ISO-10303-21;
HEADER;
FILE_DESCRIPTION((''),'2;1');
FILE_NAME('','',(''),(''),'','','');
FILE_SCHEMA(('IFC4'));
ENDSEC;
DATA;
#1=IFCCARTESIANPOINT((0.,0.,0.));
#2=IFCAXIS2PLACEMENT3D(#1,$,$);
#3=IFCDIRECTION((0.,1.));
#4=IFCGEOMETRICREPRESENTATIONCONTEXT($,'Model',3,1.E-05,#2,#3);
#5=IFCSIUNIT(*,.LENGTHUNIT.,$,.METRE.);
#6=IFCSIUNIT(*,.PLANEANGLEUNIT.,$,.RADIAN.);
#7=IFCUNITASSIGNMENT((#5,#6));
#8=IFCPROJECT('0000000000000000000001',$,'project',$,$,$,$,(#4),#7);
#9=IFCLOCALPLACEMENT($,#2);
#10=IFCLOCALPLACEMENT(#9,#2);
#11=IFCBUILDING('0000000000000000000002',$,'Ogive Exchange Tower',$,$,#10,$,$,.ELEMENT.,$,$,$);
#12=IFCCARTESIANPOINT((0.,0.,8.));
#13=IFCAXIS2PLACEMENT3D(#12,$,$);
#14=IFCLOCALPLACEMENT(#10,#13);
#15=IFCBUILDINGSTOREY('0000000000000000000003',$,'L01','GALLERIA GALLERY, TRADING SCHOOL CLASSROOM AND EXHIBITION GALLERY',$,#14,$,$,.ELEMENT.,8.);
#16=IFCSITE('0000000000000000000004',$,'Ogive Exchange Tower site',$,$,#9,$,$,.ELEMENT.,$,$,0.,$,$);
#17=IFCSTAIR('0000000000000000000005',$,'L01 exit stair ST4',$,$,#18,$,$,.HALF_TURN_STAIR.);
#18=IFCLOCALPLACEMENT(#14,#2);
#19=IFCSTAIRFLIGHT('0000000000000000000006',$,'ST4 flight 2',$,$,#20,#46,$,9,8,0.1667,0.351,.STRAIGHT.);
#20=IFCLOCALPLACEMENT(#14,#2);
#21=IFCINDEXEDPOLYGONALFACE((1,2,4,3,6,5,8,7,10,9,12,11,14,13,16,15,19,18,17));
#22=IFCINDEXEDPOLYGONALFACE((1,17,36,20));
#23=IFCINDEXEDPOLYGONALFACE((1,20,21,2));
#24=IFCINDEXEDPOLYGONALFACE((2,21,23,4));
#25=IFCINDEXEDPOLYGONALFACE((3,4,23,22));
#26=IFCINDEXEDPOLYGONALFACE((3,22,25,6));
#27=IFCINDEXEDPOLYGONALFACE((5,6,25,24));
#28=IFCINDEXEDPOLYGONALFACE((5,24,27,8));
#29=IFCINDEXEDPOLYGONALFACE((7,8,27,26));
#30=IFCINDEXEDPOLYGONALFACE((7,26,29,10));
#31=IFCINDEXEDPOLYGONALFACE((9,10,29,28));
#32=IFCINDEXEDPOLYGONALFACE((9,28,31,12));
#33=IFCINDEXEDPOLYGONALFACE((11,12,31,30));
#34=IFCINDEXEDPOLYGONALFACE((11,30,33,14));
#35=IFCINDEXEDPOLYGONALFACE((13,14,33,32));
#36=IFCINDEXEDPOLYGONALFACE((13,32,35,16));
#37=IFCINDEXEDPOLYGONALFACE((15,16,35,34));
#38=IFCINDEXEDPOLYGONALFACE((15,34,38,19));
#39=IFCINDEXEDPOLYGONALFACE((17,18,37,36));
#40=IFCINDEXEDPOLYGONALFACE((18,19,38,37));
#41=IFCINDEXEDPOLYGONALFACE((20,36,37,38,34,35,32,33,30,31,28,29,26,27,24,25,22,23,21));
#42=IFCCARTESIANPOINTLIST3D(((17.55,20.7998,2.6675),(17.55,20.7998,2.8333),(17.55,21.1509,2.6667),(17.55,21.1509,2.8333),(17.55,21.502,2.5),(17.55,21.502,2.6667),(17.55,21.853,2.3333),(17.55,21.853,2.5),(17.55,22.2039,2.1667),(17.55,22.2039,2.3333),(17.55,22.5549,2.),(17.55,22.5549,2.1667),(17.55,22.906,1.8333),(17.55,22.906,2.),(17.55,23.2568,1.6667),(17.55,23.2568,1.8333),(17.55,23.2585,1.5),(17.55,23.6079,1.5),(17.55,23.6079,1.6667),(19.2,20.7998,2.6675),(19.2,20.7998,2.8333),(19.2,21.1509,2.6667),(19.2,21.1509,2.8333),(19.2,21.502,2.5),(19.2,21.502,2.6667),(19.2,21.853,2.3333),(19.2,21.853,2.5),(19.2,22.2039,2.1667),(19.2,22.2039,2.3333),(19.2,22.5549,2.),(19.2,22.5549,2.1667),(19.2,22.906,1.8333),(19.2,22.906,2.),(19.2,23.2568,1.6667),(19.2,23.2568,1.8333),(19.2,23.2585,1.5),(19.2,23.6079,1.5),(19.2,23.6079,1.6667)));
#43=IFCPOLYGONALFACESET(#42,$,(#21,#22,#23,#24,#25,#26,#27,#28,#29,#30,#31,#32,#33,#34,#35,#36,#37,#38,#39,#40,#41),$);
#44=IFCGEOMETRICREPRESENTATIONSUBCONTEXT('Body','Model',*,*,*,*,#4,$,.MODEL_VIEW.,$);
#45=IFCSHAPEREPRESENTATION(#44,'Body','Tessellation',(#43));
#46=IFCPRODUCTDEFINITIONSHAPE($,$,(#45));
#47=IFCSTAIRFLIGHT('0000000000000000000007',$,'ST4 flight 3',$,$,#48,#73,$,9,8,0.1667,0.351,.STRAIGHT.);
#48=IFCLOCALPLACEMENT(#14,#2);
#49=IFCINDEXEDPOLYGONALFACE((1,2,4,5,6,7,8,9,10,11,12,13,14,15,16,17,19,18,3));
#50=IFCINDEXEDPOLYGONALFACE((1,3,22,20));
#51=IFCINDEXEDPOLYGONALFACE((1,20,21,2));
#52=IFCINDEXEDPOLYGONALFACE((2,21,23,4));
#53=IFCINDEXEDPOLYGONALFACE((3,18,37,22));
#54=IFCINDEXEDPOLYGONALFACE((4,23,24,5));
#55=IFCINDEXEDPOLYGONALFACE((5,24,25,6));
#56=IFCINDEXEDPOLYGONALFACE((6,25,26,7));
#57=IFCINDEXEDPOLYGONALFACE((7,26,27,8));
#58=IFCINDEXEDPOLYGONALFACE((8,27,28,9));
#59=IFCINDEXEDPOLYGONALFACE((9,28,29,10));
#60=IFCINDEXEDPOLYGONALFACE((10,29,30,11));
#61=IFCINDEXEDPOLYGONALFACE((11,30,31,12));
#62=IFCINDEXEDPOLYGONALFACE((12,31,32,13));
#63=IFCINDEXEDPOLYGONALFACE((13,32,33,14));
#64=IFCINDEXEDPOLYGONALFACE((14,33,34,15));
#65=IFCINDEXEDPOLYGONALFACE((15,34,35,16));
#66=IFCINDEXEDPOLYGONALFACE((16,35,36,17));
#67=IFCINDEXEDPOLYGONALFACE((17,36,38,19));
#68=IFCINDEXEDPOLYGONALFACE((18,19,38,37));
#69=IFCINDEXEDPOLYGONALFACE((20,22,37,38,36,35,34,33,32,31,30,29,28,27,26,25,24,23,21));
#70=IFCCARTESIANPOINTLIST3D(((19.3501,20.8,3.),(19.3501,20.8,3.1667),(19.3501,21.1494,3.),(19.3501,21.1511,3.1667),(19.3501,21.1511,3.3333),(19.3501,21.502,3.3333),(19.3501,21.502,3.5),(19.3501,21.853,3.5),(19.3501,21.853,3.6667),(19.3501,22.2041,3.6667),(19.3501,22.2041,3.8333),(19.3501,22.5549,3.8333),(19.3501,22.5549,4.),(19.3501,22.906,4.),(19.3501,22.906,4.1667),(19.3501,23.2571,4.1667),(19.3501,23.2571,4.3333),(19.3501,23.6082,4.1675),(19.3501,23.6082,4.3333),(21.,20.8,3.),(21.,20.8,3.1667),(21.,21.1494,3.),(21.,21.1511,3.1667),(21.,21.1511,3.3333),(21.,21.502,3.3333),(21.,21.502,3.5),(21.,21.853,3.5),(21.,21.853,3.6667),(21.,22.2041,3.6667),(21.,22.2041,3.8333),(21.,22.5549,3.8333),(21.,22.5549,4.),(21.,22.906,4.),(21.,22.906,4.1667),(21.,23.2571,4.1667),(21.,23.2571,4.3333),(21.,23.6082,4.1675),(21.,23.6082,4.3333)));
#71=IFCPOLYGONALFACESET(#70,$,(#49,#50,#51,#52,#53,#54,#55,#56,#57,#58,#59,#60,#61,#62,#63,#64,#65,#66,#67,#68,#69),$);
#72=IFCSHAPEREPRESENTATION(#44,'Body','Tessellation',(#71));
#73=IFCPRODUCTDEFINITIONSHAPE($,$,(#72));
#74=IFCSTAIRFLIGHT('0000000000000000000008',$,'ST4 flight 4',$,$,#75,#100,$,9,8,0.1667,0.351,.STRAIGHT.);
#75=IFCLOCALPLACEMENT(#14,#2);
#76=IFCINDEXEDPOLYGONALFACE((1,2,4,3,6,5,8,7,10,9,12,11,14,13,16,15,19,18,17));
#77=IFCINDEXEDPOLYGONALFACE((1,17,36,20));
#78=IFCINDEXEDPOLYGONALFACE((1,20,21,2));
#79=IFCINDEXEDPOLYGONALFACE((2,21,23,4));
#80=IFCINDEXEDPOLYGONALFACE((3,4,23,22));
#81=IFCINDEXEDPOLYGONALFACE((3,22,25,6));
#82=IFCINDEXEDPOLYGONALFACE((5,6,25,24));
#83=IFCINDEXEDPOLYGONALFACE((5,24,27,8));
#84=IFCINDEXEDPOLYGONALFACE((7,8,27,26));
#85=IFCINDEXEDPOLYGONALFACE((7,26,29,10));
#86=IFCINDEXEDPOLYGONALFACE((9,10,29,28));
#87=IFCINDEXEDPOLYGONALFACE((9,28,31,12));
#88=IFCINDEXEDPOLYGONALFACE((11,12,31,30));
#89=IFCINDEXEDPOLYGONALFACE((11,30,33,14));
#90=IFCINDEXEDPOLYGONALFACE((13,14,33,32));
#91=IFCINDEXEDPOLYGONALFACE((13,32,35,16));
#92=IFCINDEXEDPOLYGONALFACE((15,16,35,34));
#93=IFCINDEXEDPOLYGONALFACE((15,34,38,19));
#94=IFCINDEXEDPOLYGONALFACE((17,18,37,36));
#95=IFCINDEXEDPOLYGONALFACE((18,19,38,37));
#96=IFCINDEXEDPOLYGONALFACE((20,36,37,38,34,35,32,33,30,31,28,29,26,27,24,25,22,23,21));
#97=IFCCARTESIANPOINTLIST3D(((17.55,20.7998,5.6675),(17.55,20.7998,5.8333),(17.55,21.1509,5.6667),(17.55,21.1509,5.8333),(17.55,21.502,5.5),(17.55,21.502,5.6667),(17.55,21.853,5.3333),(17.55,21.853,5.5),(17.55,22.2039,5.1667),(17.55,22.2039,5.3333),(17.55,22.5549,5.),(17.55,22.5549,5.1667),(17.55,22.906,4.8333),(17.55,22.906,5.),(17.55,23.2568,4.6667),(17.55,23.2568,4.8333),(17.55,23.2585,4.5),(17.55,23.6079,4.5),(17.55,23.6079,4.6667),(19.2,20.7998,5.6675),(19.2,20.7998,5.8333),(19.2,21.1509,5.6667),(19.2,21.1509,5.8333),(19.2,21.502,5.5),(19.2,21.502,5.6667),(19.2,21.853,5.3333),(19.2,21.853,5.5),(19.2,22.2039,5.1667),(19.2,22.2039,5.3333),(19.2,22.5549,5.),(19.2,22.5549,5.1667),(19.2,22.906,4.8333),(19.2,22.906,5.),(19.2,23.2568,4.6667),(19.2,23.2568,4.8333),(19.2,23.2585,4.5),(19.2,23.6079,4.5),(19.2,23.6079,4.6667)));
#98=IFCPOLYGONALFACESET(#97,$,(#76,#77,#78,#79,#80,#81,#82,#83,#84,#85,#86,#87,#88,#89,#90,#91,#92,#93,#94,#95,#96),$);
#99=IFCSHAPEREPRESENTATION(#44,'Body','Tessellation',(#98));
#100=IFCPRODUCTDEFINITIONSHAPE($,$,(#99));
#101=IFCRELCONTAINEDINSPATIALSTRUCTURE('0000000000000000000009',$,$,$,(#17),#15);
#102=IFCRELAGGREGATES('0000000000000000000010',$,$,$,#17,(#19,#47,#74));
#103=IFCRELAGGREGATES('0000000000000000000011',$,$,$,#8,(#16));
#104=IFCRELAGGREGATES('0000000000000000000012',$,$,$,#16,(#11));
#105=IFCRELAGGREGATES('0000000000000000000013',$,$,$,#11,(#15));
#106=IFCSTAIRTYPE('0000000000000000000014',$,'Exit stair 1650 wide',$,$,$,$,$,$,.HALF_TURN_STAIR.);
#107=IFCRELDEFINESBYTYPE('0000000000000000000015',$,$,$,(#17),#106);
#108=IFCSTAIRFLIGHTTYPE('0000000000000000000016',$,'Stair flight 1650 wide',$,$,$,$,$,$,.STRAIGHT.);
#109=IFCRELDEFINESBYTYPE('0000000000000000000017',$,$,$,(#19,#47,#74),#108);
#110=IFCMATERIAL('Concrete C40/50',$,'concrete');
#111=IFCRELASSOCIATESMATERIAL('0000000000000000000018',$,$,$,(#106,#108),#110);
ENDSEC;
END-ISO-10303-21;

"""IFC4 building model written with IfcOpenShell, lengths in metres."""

from ifc_helpers import new_model, si_unit, direction, frame, origin, place, context, subcontext, project, spatial, polyline, outline, extrude, material, type_object, element, aggregate, save


model = new_model("IFC4")

# Units and contexts
model_context = context("Model", 3, precision=1e-05, world=origin(), true_north=direction((0.0, 1.0)))
body_context = subcontext(model_context, "Body", "Model", "MODEL_VIEW")
ifc_project = project(units=[si_unit("LENGTHUNIT", "METRE"), si_unit("PLANEANGLEUNIT", "RADIAN")], contexts=[model_context])

# Site, building, storey
site_placement = place(None, origin())
site = spatial("IfcSite", under=ifc_project, at=site_placement, Name="Ogive Exchange Tower site", CompositionType="ELEMENT", RefElevation=0.0)
building_placement = place(site_placement, origin())
building = spatial("IfcBuilding", under=site, at=building_placement, Name="Ogive Exchange Tower", CompositionType="ELEMENT")
storey_placement = place(building_placement, frame((0.0, 0.0, 8.0)))
storey = spatial("IfcBuildingStorey", under=building, at=storey_placement, Name="L01", Description="GALLERIA GALLERY, TRADING SCHOOL CLASSROOM AND EXHIBITION GALLERY", CompositionType="ELEMENT", Elevation=8.0)

# Stair, stair flights
ifc_material_1 = material(Name="Concrete C40/50", Category="concrete")
stair_type = type_object("IfcStairType", Name="Exit stair 1650 wide", PredefinedType="HALF_TURN_STAIR", material=ifc_material_1)
stair_placement = place(storey_placement, origin())
stair = element("IfcStair", 1, at=stair_placement, inside=storey, type_object=stair_type, Name="L01 exit stair ST4", PredefinedType="HALF_TURN_STAIR")
stair_flight_type = type_object("IfcStairFlightType", Name="Stair flight 1650 wide", PredefinedType="STRAIGHT", material=ifc_material_1)
stair_flight_1_placement = place(storey_placement, frame((18.375, 23.6079, 1.5), z_axis=(0.0, 0.0, 1.0), x_axis=(0.0, -1.0, 0.0)))
stair_flight_1 = element("IfcStairFlight", 2, at=stair_flight_1_placement, type_object=stair_flight_type, Name="ST4 flight 2", NumberOfRisers=9, NumberOfTreads=8, PredefinedType="STRAIGHT", RiserHeight=0.1667, TreadLength=0.351, context=body_context, shape_type="SweptSolid", body=[
    extrude(outline(polyline([(0.0, 0.0), (0.0, 0.1667), (0.3511, 0.1667), (0.3511, 0.3333), (0.7019, 0.3333), (0.7019, 0.5), (1.053, 0.5), (1.053, 0.6667), (1.4041, 0.6667), (1.4041, 0.8333), (1.7549, 0.8333), (1.7549, 1.0), (2.106, 1.0), (2.106, 1.1667), (2.457, 1.1667), (2.457, 1.3333), (2.8081, 1.3333), (2.8081, 1.5), (2.8081, 1.1675), (0.3494, 0.0), (0.0, 0.0)])), frame((0.0, 0.825, 0.0), z_axis=(0.0, -1.0, 0.0), x_axis=(1.0, 0.0, 0.0)), (0.0, 0.0, 1.0), 1.6499),
])
stair_flight_2_placement = place(storey_placement, frame((20.175, 20.8, 3.0), z_axis=(0.0, 0.0, 1.0), x_axis=(0.0, 1.0, 0.0)))
stair_flight_2 = element("IfcStairFlight", 3, at=stair_flight_2_placement, type_object=stair_flight_type, Name="ST4 flight 3", NumberOfRisers=9, NumberOfTreads=8, PredefinedType="STRAIGHT", RiserHeight=0.1667, TreadLength=0.351, context=body_context, shape_type="SweptSolid", body=[
    extrude(outline(polyline([(0.0, 0.0), (0.0, 0.1667), (0.3511, 0.1667), (0.3511, 0.3333), (0.7019, 0.3333), (0.7019, 0.5), (1.053, 0.5), (1.053, 0.6667), (1.4041, 0.6667), (1.4041, 0.8333), (1.7549, 0.8333), (1.7549, 1.0), (2.106, 1.0), (2.106, 1.1667), (2.457, 1.1667), (2.457, 1.3333), (2.8081, 1.3333), (2.8081, 1.5), (2.8081, 1.1675), (0.3494, 0.0), (0.0, 0.0)])), frame((0.0, 0.825, 0.0), z_axis=(0.0, -1.0, 0.0), x_axis=(1.0, 0.0, 0.0)), (0.0, 0.0, 1.0), 1.6499),
])
stair_flight_3_placement = place(storey_placement, frame((18.375, 23.6079, 4.5), z_axis=(0.0, 0.0, 1.0), x_axis=(0.0, -1.0, 0.0)))
stair_flight_3 = element("IfcStairFlight", 4, at=stair_flight_3_placement, type_object=stair_flight_type, Name="ST4 flight 4", NumberOfRisers=9, NumberOfTreads=8, PredefinedType="STRAIGHT", RiserHeight=0.1667, TreadLength=0.351, context=body_context, shape_type="SweptSolid", body=[
    extrude(outline(polyline([(0.0, 0.0), (0.0, 0.1667), (0.3511, 0.1667), (0.3511, 0.3333), (0.7019, 0.3333), (0.7019, 0.5), (1.053, 0.5), (1.053, 0.6667), (1.4041, 0.6667), (1.4041, 0.8333), (1.7549, 0.8333), (1.7549, 1.0), (2.106, 1.0), (2.106, 1.1667), (2.457, 1.1667), (2.457, 1.3333), (2.8081, 1.3333), (2.8081, 1.5), (2.8081, 1.1675), (0.3494, 0.0), (0.0, 0.0)])), frame((0.0, 0.825, 0.0), z_axis=(0.0, -1.0, 0.0), x_axis=(1.0, 0.0, 0.0)), (0.0, 0.0, 1.0), 1.6499),
])
aggregate(stair, [stair_flight_1, stair_flight_2, stair_flight_3])

save(model, "model.ifc")
